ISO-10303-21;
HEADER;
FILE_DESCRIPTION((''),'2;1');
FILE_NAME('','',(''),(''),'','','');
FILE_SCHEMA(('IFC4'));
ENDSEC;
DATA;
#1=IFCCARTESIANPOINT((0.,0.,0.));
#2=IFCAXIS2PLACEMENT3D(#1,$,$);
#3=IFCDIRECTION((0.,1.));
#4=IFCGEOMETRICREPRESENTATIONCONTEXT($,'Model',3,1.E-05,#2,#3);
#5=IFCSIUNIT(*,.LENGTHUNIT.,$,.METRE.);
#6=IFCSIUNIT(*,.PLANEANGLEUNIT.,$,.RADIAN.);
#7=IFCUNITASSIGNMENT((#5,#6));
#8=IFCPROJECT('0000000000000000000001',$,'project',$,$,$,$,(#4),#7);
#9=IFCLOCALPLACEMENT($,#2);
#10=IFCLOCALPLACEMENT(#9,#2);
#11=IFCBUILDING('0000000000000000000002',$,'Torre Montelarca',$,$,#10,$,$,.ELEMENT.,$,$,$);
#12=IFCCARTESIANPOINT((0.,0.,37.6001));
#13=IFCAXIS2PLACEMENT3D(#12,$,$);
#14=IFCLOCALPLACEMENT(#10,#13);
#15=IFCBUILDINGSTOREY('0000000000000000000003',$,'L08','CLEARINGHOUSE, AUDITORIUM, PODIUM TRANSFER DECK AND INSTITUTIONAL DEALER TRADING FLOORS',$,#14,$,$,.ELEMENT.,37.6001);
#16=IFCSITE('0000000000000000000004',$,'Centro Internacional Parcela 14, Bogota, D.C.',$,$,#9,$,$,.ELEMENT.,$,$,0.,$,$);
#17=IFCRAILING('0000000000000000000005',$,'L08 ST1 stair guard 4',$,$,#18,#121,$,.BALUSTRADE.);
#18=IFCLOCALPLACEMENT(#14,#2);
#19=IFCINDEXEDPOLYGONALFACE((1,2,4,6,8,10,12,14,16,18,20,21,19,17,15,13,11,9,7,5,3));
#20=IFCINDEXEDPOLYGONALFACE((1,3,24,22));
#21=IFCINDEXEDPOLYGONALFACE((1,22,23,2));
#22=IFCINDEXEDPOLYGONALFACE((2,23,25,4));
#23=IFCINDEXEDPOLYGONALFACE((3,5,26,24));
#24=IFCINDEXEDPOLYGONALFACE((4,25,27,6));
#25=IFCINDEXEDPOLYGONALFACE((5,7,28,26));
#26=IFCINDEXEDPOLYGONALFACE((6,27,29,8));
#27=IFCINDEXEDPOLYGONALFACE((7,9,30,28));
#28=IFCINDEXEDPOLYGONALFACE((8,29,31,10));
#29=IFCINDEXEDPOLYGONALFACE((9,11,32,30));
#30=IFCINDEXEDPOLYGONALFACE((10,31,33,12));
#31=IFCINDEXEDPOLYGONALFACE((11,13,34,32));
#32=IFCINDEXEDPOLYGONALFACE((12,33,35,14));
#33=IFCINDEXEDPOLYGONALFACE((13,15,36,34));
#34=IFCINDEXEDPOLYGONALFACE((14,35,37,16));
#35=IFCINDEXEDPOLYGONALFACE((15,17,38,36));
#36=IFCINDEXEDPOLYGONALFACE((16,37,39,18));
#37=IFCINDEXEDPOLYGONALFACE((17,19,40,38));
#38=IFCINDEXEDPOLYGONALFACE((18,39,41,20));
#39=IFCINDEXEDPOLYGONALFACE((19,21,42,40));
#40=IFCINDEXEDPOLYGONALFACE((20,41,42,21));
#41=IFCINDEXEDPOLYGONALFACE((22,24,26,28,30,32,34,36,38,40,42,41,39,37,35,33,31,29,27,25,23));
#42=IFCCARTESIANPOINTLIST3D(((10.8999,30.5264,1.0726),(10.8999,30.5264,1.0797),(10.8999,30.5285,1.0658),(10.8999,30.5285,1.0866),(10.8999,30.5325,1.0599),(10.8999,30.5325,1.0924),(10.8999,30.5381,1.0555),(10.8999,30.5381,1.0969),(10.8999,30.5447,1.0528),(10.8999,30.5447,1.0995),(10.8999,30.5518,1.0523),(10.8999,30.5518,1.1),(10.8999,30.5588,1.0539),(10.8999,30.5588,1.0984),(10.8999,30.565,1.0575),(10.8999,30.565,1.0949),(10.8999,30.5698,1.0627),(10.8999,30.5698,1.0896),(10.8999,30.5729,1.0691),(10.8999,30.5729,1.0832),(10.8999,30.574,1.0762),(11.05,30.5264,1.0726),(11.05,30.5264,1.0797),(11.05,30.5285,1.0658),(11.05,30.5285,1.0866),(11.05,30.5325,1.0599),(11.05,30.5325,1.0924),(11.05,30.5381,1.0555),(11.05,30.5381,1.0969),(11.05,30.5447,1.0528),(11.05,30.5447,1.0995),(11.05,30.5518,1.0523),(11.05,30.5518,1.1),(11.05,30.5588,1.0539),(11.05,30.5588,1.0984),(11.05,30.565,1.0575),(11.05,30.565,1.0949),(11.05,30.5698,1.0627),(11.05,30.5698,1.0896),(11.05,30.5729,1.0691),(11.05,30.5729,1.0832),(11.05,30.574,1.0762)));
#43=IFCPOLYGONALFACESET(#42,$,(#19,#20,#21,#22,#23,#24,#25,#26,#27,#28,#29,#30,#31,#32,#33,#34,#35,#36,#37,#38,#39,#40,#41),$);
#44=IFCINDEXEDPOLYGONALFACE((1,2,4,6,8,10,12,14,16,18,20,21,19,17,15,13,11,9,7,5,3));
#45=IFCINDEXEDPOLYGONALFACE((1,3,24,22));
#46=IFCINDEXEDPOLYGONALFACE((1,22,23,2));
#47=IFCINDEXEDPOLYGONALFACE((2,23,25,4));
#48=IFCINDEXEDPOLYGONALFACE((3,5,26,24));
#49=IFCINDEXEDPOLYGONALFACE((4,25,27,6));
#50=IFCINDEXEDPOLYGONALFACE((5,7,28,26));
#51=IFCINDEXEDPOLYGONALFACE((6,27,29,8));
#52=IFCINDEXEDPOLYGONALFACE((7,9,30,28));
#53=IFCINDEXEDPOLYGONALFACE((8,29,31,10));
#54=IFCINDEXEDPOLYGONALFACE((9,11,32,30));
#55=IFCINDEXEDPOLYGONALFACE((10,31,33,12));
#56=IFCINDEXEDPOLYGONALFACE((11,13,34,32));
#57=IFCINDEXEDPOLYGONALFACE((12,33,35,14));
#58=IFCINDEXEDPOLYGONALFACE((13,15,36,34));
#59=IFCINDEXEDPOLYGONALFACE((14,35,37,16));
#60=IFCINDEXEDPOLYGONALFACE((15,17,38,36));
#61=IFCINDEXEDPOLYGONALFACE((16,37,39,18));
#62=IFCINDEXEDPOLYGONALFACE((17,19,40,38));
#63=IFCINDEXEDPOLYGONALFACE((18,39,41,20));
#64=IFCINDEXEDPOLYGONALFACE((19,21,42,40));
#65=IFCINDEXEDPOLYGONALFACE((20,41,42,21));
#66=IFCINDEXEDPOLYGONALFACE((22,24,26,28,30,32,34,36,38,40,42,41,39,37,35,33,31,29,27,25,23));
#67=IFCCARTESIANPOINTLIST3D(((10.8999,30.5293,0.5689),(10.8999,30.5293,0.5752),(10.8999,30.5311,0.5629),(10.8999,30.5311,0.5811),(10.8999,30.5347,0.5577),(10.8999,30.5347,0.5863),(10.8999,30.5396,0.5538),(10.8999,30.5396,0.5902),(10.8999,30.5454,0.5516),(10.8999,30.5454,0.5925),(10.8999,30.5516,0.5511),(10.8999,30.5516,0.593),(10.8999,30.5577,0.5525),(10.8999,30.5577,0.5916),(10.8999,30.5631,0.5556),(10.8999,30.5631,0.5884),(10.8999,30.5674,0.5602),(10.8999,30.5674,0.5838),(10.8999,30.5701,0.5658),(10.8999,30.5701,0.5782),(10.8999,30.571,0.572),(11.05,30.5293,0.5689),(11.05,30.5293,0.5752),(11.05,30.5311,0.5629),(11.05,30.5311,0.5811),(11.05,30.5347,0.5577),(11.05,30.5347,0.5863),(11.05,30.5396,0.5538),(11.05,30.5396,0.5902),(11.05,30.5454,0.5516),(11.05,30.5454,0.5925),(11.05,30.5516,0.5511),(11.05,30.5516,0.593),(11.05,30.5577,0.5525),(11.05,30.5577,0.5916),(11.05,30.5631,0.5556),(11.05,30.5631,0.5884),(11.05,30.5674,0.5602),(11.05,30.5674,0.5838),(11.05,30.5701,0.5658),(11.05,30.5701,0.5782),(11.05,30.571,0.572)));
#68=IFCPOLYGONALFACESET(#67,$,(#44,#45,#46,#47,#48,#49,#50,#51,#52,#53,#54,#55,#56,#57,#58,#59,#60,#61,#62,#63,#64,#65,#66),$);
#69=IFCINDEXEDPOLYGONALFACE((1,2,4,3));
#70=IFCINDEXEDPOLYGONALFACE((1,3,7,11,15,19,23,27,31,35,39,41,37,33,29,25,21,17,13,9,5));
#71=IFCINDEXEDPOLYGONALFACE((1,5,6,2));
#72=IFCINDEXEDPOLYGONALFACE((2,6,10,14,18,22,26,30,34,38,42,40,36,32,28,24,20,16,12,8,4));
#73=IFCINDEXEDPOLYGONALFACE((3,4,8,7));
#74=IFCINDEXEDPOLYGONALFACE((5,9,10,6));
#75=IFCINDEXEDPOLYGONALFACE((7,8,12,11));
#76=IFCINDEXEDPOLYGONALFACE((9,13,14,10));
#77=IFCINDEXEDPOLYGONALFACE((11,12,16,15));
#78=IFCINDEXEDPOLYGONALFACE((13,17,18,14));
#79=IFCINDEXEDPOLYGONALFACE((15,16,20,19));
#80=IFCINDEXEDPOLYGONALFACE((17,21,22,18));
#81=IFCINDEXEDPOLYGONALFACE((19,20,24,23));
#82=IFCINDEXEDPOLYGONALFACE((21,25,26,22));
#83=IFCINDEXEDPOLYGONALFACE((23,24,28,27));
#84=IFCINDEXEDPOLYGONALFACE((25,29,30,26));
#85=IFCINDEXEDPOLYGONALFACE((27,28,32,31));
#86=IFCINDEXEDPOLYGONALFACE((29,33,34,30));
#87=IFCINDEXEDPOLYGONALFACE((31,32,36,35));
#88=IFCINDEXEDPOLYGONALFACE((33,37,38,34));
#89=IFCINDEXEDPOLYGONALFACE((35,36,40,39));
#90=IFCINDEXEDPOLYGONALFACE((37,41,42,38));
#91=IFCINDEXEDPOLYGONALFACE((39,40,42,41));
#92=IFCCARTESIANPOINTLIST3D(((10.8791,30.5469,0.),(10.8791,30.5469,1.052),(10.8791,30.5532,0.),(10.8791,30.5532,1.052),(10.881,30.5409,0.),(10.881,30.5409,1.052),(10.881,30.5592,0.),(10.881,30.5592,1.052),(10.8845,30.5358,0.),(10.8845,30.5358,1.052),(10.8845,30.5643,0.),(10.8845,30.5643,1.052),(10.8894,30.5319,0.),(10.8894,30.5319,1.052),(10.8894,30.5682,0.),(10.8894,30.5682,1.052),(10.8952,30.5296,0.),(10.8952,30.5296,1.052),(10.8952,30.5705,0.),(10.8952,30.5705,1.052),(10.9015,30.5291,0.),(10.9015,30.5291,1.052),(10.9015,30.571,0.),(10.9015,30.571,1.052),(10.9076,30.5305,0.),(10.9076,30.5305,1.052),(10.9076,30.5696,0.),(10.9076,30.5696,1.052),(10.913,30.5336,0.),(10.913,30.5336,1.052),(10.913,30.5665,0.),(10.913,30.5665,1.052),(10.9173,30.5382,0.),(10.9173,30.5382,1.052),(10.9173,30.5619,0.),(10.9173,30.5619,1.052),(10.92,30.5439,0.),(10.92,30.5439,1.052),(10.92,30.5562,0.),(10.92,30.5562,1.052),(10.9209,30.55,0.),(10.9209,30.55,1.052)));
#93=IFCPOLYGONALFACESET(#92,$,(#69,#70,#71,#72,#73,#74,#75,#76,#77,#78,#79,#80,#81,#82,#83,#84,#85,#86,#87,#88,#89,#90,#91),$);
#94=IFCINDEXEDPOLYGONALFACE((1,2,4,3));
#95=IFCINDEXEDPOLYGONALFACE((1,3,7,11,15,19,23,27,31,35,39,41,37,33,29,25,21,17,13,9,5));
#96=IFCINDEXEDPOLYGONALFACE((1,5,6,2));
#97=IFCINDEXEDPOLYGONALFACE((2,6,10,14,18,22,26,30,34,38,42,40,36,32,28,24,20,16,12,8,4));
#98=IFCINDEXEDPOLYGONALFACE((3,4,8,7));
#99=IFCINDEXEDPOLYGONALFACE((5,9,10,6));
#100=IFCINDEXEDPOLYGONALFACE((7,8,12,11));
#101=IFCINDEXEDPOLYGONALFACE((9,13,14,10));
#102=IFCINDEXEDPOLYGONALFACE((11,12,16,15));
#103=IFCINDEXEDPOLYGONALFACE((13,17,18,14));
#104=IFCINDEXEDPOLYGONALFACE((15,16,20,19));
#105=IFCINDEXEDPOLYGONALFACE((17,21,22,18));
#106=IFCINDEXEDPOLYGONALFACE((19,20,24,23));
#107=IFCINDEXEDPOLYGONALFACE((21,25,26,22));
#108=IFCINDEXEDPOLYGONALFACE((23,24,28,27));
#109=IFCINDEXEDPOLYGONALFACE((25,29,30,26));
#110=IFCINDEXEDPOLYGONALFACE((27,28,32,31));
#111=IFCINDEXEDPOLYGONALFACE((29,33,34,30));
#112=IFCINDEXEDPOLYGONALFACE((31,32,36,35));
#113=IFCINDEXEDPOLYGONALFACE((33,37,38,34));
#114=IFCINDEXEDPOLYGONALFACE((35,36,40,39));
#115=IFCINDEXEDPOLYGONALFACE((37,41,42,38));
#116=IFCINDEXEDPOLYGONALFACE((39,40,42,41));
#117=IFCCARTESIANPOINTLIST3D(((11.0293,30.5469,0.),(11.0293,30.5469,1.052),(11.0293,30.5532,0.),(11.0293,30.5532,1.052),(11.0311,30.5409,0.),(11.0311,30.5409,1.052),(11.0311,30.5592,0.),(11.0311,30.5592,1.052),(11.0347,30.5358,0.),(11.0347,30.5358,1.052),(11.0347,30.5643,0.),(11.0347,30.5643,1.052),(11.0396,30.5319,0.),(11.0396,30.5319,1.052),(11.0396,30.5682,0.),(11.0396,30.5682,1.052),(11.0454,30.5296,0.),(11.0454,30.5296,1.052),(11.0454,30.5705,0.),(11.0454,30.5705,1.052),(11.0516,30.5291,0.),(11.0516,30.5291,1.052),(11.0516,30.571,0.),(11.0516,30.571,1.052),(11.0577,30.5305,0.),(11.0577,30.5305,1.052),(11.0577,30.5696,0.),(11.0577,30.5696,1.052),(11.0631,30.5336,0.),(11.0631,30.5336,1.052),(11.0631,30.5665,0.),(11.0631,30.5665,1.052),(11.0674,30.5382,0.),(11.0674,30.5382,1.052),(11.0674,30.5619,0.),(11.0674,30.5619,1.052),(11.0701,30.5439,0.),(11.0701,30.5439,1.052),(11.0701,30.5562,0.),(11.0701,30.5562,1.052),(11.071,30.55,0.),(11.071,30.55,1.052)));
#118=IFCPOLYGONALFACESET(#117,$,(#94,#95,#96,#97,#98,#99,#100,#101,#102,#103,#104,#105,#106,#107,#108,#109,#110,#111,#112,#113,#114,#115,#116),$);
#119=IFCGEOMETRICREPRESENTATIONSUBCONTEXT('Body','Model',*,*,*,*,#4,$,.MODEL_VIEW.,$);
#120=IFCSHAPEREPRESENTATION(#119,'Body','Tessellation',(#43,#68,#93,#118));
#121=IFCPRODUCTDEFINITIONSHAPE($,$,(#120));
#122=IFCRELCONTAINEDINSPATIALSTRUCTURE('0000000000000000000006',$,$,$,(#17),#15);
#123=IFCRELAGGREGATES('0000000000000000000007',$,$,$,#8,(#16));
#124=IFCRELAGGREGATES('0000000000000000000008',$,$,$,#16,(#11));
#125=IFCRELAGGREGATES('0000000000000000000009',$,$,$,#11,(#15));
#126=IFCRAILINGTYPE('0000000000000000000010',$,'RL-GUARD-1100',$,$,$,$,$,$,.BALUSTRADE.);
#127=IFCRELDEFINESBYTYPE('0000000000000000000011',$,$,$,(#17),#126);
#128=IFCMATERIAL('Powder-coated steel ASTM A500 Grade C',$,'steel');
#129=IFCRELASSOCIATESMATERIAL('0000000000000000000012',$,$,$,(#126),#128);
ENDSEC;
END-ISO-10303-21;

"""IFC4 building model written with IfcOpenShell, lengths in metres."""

from ifc_helpers import new_model, si_unit, direction, frame, origin, origin_2d, place, context, subcontext, project, spatial, circle, extrude, material, type_object, element, save


model = new_model("IFC4")

# Units and contexts
model_context = context("Model", 3, precision=1e-05, world=origin(), true_north=direction((0.0, 1.0)))
body_context = subcontext(model_context, "Body", "Model", "MODEL_VIEW")
ifc_project = project(units=[si_unit("LENGTHUNIT", "METRE"), si_unit("PLANEANGLEUNIT", "RADIAN")], contexts=[model_context])

# Site, building, storey
site_placement = place(None, origin())
site = spatial("IfcSite", under=ifc_project, at=site_placement, Name="Centro Internacional Parcela 14, Bogota, D.C.", CompositionType="ELEMENT", RefElevation=0.0)
building_placement = place(site_placement, origin())
building = spatial("IfcBuilding", under=site, at=building_placement, Name="Torre Montelarca", CompositionType="ELEMENT")
storey_placement = place(building_placement, frame((0.0, 0.0, 37.6001)))
storey = spatial("IfcBuildingStorey", under=building, at=storey_placement, Name="L08", Description="CLEARINGHOUSE, AUDITORIUM, PODIUM TRANSFER DECK AND INSTITUTIONAL DEALER TRADING FLOORS", CompositionType="ELEMENT", Elevation=37.6001)

# Railing
ifc_material_1 = material(Name="Powder-coated steel ASTM A500 Grade C", Category="steel")
railing_type_1 = type_object("IfcRailingType", Name="RL-GUARD-1100", PredefinedType="BALUSTRADE", material=ifc_material_1)
railing_1_placement = place(storey_placement, frame((10.8999, 30.55, 0.0)))
element("IfcRailing", 1, at=railing_1_placement, inside=storey, type_object=railing_type_1, Name="L08 ST1 stair guard 4", PredefinedType="BALUSTRADE", context=body_context, shape_type="SweptSolid", body=[
    extrude(circle(Radius=0.0239, at=origin_2d()), frame((0.0, 0.0, 1.0762), z_axis=(1.0, 0.0, 0.0), x_axis=(0.0, 1.0, 0.0)), (0.0, 0.0, 1.0), 0.1501),
    extrude(circle(Radius=0.021, at=origin_2d()), frame((0.0, 0.0, 0.572), z_axis=(1.0, 0.0, 0.0), x_axis=(0.0, 1.0, 0.0)), (0.0, 0.0, 1.0), 0.1501),
    extrude(circle(Radius=0.021, at=origin_2d()), origin(), (0.0, 0.0, 1.0), 1.052),
    extrude(circle(Radius=0.021, at=origin_2d()), frame((0.1501, 0.0, 0.0)), (0.0, 0.0, 1.0), 1.052),
])

save(model, "model.ifc")
